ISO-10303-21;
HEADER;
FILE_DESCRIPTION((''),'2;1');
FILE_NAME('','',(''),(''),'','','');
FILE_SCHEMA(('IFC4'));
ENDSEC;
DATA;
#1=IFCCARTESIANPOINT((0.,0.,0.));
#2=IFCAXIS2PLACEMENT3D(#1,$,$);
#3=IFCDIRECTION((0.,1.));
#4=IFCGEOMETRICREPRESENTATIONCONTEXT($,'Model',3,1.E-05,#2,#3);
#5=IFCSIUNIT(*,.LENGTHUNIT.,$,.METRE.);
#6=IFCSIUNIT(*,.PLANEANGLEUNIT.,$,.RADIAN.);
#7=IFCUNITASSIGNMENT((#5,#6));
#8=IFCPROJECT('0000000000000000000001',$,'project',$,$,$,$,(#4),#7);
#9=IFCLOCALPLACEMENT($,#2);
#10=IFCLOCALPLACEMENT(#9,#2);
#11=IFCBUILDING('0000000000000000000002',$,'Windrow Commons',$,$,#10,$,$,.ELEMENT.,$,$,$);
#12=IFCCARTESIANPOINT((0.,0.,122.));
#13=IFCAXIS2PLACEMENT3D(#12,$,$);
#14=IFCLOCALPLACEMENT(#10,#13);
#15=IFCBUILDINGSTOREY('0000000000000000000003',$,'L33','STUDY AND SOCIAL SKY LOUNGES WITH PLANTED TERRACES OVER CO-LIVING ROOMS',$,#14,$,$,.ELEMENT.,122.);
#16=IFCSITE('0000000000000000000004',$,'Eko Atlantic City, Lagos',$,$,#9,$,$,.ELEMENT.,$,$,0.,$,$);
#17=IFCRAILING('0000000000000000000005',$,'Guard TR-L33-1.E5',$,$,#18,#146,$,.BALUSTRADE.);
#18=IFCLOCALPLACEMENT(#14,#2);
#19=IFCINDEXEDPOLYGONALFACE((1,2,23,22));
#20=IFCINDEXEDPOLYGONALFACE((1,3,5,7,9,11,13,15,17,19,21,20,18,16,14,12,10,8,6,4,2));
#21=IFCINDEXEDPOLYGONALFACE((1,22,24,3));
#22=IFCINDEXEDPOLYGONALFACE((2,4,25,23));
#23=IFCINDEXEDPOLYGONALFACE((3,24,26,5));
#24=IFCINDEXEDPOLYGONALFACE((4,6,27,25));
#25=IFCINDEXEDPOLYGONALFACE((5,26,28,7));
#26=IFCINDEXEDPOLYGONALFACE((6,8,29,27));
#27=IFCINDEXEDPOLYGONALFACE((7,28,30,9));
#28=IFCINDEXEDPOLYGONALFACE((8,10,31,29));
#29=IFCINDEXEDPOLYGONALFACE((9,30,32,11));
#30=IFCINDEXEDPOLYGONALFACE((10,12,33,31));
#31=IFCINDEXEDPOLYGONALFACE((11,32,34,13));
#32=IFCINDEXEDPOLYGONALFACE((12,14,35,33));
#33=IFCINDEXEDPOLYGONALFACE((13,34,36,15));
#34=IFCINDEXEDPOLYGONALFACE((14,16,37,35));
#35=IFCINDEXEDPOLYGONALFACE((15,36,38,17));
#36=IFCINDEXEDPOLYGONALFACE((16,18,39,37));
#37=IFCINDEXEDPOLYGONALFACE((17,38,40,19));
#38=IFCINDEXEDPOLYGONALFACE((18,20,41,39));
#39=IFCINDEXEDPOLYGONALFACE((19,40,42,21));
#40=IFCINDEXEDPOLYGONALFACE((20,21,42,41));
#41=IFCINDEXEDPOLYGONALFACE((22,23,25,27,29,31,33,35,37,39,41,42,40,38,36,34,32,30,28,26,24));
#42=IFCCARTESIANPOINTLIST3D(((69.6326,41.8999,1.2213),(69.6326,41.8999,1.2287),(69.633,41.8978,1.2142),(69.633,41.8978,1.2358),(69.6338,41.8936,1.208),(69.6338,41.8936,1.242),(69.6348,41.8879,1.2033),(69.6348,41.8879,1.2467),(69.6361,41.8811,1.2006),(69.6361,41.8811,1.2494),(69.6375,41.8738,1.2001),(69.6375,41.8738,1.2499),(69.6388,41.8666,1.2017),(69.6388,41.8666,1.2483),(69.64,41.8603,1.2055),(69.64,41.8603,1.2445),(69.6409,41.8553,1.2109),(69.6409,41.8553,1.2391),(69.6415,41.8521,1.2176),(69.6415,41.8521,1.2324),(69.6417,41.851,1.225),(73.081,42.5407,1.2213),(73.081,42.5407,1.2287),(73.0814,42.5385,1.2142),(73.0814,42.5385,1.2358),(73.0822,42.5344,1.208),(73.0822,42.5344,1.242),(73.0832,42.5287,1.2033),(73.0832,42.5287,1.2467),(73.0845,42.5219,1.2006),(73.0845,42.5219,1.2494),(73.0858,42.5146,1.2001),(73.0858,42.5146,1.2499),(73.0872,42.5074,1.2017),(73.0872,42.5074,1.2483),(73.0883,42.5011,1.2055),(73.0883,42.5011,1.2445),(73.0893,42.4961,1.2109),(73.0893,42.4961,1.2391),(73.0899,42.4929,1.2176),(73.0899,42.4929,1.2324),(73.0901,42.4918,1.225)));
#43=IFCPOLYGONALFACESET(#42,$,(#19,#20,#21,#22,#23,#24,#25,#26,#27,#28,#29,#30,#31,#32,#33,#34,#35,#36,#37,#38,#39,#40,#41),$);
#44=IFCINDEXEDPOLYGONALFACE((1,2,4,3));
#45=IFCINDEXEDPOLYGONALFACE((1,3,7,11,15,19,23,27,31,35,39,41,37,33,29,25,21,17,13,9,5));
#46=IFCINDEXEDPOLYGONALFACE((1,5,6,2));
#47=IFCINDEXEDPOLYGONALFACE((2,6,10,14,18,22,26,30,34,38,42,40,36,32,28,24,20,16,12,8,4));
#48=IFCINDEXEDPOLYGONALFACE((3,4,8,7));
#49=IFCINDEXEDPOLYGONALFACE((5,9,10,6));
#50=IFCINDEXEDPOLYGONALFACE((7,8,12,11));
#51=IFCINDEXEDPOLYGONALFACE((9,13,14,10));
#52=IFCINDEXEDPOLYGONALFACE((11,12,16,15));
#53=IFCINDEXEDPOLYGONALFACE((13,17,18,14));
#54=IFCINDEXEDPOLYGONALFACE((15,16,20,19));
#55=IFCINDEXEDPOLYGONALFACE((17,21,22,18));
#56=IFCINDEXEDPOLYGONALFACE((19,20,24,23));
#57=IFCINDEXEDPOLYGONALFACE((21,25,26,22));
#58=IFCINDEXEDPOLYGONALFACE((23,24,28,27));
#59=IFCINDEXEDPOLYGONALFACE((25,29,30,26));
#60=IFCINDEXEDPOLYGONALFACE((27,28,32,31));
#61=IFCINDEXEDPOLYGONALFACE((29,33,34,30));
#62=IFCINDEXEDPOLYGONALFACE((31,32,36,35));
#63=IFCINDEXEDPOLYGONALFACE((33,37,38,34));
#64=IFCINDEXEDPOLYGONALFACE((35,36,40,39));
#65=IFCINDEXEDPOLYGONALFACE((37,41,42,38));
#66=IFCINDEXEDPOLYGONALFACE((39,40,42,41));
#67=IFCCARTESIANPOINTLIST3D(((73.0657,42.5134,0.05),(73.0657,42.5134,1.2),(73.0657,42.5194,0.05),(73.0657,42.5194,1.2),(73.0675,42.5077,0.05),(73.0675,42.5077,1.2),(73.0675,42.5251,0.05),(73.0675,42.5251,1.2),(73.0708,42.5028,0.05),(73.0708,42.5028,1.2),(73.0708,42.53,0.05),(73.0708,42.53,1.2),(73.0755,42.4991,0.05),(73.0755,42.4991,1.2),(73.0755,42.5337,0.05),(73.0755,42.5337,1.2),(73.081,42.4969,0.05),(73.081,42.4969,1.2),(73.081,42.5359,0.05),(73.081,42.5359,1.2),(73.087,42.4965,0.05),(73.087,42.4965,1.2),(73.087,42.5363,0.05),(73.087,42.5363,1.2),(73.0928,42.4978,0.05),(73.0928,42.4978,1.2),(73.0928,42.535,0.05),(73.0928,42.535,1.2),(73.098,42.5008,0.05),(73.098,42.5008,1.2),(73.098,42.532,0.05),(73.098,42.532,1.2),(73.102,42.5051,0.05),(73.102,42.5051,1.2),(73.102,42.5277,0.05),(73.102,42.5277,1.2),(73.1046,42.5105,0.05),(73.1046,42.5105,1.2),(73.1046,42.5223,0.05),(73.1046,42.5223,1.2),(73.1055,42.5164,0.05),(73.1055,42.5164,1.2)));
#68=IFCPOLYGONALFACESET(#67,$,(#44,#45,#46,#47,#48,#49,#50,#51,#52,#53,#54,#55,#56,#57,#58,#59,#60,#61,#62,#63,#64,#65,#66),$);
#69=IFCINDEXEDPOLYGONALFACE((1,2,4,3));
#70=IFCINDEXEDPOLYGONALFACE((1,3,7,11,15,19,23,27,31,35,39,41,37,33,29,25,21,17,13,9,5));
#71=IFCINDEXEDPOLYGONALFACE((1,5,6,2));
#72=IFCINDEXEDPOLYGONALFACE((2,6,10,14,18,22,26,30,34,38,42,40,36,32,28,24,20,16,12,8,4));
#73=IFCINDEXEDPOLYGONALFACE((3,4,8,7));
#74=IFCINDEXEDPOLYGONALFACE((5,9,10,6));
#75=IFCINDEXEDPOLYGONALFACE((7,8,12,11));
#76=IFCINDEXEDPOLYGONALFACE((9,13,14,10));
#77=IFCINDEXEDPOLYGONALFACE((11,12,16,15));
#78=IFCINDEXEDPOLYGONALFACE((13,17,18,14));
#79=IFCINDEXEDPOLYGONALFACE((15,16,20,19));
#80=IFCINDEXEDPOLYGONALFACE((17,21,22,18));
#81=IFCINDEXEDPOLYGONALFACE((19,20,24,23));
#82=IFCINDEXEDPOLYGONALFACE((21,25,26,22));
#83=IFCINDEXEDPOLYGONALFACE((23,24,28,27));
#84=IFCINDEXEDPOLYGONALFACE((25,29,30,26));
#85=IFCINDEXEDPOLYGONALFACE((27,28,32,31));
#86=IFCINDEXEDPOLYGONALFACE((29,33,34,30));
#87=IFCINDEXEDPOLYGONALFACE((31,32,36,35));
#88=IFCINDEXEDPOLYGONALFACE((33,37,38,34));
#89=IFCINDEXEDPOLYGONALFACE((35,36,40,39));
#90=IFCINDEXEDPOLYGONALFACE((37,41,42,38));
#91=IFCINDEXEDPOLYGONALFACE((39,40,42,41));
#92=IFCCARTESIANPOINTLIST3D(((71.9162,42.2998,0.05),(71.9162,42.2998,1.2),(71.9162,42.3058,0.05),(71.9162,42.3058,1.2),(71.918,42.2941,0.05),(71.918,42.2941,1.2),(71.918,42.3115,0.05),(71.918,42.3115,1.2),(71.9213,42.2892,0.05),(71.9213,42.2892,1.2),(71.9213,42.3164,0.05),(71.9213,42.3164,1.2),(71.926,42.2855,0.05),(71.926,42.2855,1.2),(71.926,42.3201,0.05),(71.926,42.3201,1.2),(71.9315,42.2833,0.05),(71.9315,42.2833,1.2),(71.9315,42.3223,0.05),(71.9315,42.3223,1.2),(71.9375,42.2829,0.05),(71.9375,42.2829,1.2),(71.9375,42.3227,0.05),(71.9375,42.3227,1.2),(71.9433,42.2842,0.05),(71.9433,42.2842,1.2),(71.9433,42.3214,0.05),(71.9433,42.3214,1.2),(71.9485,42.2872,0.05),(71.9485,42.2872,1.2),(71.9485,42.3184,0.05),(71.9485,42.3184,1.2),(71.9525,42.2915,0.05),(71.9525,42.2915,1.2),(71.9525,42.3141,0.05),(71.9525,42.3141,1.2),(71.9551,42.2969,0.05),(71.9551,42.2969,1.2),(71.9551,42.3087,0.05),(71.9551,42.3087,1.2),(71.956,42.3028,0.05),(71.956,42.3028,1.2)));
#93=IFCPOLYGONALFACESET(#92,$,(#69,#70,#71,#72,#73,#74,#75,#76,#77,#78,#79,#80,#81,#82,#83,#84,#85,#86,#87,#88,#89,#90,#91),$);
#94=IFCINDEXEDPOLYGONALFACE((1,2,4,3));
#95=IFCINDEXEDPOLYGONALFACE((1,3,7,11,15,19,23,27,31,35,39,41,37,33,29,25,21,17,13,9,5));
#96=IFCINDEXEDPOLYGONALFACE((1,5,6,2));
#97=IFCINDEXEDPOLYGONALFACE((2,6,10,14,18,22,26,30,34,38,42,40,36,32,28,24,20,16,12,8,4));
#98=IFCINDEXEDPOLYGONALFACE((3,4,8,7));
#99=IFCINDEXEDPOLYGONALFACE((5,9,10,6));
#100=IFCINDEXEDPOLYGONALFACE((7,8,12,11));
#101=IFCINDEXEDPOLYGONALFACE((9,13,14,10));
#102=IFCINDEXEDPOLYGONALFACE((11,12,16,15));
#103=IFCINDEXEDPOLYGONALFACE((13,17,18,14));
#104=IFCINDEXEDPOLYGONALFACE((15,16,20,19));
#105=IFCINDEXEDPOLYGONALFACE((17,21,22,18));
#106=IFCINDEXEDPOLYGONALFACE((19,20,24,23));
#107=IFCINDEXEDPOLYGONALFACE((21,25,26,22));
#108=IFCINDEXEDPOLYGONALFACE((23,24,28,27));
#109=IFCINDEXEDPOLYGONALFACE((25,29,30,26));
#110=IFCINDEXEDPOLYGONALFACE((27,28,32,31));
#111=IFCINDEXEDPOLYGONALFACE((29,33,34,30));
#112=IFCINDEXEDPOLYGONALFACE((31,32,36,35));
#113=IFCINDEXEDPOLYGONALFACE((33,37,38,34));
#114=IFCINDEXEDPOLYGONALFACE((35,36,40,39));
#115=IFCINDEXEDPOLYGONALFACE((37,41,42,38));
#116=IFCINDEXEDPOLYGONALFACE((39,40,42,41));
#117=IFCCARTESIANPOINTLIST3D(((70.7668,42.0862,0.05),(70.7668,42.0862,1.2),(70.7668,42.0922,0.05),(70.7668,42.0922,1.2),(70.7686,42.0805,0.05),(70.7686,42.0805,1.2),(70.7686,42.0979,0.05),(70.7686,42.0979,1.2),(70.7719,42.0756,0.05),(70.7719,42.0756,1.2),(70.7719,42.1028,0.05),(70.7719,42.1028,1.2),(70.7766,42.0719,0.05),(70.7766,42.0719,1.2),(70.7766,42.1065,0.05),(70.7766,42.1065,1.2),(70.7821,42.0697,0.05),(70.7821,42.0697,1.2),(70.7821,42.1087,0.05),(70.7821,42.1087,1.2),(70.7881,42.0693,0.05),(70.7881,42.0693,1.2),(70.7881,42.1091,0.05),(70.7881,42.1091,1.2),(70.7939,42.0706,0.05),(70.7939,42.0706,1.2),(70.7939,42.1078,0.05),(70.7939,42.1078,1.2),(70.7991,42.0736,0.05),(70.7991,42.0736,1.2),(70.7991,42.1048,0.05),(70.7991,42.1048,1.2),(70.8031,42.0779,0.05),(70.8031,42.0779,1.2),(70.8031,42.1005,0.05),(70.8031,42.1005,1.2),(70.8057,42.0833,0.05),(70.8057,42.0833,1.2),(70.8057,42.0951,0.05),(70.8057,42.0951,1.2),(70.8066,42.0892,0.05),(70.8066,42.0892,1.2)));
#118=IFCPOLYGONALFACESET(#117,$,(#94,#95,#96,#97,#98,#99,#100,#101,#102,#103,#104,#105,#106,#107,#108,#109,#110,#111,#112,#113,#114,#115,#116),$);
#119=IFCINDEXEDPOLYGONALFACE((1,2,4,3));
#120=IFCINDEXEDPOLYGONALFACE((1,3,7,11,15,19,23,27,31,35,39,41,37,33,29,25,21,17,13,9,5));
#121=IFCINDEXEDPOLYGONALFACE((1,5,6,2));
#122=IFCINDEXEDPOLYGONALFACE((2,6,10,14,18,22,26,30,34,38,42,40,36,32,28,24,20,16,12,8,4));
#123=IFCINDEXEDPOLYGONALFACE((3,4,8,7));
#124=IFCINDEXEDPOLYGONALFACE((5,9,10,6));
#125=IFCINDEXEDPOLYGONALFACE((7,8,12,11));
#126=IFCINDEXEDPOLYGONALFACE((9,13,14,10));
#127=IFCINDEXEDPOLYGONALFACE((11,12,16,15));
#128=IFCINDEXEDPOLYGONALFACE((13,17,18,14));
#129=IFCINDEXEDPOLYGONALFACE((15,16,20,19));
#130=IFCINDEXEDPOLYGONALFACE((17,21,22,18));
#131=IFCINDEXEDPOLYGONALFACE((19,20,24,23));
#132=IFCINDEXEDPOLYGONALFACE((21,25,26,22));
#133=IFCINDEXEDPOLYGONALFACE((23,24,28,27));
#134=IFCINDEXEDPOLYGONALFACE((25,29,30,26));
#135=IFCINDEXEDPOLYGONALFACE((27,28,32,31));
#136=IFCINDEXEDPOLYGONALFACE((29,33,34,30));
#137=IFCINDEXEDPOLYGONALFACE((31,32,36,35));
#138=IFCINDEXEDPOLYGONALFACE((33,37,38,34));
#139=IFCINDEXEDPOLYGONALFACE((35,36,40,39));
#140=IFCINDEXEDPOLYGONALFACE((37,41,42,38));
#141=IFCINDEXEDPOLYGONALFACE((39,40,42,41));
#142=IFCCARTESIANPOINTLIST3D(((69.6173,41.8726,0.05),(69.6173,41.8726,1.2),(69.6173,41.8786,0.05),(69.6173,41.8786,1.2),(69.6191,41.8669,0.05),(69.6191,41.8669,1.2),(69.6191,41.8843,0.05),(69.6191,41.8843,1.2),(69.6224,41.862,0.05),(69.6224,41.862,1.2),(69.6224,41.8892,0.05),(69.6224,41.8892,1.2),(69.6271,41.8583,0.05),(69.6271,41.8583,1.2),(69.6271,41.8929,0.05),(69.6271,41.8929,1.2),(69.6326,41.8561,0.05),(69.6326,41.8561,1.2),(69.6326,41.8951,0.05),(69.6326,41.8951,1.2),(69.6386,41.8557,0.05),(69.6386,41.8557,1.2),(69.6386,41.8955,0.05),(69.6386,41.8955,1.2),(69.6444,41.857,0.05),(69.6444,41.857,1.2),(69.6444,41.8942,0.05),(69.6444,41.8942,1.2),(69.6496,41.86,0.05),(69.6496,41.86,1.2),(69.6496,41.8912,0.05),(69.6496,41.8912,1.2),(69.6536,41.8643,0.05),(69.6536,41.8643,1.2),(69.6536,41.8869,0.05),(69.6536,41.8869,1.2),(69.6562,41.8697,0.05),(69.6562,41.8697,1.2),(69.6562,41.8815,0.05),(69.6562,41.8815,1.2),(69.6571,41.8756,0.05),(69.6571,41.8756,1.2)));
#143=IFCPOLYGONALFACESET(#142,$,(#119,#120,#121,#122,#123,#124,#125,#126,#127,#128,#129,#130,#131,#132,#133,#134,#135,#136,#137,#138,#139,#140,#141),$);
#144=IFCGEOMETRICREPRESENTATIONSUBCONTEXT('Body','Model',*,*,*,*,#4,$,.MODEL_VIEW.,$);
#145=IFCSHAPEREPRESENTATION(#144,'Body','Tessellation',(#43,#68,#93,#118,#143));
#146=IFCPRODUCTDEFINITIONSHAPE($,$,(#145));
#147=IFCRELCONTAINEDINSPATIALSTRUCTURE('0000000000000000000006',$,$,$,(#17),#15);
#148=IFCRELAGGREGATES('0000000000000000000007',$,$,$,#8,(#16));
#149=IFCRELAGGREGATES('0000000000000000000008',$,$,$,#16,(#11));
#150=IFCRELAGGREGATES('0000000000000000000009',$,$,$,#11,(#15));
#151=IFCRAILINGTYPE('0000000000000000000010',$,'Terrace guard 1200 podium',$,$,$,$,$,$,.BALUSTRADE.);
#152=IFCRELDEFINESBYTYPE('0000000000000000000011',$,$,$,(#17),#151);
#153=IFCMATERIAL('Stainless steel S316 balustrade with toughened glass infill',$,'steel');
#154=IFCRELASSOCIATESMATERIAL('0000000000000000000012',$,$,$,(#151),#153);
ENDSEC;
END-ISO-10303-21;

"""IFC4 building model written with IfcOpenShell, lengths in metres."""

from ifc_helpers import new_model, si_unit, direction, frame, origin, origin_2d, place, context, subcontext, project, spatial, circle, extrude, material, type_object, element, save


model = new_model("IFC4")

# Units and contexts
model_context = context("Model", 3, precision=1e-05, world=origin(), true_north=direction((0.0, 1.0)))
body_context = subcontext(model_context, "Body", "Model", "MODEL_VIEW")
ifc_project = project(units=[si_unit("LENGTHUNIT", "METRE"), si_unit("PLANEANGLEUNIT", "RADIAN")], contexts=[model_context])

# Site, building, storey
site_placement = place(None, origin())
site = spatial("IfcSite", under=ifc_project, at=site_placement, Name="Eko Atlantic City, Lagos", CompositionType="ELEMENT", RefElevation=0.0)
building_placement = place(site_placement, origin())
building = spatial("IfcBuilding", under=site, at=building_placement, Name="Windrow Commons", CompositionType="ELEMENT")
storey_placement = place(building_placement, frame((0.0, 0.0, 122.0)))
storey = spatial("IfcBuildingStorey", under=building, at=storey_placement, Name="L33", Description="STUDY AND SOCIAL SKY LOUNGES WITH PLANTED TERRACES OVER CO-LIVING ROOMS", CompositionType="ELEMENT", Elevation=122.0)

# Railing
ifc_material_1 = material(Name="Stainless steel S316 balustrade with toughened glass infill", Category="steel")
railing_type_1 = type_object("IfcRailingType", Name="Terrace guard 1200 podium", PredefinedType="BALUSTRADE", material=ifc_material_1)
railing_1_placement = place(storey_placement, frame((73.0855, 42.5164, 0.05)))
element("IfcRailing", 1, at=railing_1_placement, inside=storey, type_object=railing_type_1, Name="Guard TR-L33-1.E5", PredefinedType="BALUSTRADE", context=body_context, shape_type="SweptSolid", body=[
    extrude(circle(Radius=0.025, at=origin_2d()), frame((0.0, 0.0, 1.175), z_axis=(-0.983169, -0.182698, 0.0), x_axis=(0.182698, -0.983169, 0.0)), (0.0, 0.0, 1.0), 3.5074),
    extrude(circle(Radius=0.02, at=origin_2d()), origin(), (0.0, 0.0, 1.0), 1.15),
    extrude(circle(Radius=0.02, at=origin_2d()), frame((-1.1495, -0.2136, 0.0)), (0.0, 0.0, 1.0), 1.15),
    extrude(circle(Radius=0.02, at=origin_2d()), frame((-2.2989, -0.4272, 0.0)), (0.0, 0.0, 1.0), 1.15),
    extrude(circle(Radius=0.02, at=origin_2d()), frame((-3.4484, -0.6408, 0.0)), (0.0, 0.0, 1.0), 1.15),
])

save(model, "model.ifc")
